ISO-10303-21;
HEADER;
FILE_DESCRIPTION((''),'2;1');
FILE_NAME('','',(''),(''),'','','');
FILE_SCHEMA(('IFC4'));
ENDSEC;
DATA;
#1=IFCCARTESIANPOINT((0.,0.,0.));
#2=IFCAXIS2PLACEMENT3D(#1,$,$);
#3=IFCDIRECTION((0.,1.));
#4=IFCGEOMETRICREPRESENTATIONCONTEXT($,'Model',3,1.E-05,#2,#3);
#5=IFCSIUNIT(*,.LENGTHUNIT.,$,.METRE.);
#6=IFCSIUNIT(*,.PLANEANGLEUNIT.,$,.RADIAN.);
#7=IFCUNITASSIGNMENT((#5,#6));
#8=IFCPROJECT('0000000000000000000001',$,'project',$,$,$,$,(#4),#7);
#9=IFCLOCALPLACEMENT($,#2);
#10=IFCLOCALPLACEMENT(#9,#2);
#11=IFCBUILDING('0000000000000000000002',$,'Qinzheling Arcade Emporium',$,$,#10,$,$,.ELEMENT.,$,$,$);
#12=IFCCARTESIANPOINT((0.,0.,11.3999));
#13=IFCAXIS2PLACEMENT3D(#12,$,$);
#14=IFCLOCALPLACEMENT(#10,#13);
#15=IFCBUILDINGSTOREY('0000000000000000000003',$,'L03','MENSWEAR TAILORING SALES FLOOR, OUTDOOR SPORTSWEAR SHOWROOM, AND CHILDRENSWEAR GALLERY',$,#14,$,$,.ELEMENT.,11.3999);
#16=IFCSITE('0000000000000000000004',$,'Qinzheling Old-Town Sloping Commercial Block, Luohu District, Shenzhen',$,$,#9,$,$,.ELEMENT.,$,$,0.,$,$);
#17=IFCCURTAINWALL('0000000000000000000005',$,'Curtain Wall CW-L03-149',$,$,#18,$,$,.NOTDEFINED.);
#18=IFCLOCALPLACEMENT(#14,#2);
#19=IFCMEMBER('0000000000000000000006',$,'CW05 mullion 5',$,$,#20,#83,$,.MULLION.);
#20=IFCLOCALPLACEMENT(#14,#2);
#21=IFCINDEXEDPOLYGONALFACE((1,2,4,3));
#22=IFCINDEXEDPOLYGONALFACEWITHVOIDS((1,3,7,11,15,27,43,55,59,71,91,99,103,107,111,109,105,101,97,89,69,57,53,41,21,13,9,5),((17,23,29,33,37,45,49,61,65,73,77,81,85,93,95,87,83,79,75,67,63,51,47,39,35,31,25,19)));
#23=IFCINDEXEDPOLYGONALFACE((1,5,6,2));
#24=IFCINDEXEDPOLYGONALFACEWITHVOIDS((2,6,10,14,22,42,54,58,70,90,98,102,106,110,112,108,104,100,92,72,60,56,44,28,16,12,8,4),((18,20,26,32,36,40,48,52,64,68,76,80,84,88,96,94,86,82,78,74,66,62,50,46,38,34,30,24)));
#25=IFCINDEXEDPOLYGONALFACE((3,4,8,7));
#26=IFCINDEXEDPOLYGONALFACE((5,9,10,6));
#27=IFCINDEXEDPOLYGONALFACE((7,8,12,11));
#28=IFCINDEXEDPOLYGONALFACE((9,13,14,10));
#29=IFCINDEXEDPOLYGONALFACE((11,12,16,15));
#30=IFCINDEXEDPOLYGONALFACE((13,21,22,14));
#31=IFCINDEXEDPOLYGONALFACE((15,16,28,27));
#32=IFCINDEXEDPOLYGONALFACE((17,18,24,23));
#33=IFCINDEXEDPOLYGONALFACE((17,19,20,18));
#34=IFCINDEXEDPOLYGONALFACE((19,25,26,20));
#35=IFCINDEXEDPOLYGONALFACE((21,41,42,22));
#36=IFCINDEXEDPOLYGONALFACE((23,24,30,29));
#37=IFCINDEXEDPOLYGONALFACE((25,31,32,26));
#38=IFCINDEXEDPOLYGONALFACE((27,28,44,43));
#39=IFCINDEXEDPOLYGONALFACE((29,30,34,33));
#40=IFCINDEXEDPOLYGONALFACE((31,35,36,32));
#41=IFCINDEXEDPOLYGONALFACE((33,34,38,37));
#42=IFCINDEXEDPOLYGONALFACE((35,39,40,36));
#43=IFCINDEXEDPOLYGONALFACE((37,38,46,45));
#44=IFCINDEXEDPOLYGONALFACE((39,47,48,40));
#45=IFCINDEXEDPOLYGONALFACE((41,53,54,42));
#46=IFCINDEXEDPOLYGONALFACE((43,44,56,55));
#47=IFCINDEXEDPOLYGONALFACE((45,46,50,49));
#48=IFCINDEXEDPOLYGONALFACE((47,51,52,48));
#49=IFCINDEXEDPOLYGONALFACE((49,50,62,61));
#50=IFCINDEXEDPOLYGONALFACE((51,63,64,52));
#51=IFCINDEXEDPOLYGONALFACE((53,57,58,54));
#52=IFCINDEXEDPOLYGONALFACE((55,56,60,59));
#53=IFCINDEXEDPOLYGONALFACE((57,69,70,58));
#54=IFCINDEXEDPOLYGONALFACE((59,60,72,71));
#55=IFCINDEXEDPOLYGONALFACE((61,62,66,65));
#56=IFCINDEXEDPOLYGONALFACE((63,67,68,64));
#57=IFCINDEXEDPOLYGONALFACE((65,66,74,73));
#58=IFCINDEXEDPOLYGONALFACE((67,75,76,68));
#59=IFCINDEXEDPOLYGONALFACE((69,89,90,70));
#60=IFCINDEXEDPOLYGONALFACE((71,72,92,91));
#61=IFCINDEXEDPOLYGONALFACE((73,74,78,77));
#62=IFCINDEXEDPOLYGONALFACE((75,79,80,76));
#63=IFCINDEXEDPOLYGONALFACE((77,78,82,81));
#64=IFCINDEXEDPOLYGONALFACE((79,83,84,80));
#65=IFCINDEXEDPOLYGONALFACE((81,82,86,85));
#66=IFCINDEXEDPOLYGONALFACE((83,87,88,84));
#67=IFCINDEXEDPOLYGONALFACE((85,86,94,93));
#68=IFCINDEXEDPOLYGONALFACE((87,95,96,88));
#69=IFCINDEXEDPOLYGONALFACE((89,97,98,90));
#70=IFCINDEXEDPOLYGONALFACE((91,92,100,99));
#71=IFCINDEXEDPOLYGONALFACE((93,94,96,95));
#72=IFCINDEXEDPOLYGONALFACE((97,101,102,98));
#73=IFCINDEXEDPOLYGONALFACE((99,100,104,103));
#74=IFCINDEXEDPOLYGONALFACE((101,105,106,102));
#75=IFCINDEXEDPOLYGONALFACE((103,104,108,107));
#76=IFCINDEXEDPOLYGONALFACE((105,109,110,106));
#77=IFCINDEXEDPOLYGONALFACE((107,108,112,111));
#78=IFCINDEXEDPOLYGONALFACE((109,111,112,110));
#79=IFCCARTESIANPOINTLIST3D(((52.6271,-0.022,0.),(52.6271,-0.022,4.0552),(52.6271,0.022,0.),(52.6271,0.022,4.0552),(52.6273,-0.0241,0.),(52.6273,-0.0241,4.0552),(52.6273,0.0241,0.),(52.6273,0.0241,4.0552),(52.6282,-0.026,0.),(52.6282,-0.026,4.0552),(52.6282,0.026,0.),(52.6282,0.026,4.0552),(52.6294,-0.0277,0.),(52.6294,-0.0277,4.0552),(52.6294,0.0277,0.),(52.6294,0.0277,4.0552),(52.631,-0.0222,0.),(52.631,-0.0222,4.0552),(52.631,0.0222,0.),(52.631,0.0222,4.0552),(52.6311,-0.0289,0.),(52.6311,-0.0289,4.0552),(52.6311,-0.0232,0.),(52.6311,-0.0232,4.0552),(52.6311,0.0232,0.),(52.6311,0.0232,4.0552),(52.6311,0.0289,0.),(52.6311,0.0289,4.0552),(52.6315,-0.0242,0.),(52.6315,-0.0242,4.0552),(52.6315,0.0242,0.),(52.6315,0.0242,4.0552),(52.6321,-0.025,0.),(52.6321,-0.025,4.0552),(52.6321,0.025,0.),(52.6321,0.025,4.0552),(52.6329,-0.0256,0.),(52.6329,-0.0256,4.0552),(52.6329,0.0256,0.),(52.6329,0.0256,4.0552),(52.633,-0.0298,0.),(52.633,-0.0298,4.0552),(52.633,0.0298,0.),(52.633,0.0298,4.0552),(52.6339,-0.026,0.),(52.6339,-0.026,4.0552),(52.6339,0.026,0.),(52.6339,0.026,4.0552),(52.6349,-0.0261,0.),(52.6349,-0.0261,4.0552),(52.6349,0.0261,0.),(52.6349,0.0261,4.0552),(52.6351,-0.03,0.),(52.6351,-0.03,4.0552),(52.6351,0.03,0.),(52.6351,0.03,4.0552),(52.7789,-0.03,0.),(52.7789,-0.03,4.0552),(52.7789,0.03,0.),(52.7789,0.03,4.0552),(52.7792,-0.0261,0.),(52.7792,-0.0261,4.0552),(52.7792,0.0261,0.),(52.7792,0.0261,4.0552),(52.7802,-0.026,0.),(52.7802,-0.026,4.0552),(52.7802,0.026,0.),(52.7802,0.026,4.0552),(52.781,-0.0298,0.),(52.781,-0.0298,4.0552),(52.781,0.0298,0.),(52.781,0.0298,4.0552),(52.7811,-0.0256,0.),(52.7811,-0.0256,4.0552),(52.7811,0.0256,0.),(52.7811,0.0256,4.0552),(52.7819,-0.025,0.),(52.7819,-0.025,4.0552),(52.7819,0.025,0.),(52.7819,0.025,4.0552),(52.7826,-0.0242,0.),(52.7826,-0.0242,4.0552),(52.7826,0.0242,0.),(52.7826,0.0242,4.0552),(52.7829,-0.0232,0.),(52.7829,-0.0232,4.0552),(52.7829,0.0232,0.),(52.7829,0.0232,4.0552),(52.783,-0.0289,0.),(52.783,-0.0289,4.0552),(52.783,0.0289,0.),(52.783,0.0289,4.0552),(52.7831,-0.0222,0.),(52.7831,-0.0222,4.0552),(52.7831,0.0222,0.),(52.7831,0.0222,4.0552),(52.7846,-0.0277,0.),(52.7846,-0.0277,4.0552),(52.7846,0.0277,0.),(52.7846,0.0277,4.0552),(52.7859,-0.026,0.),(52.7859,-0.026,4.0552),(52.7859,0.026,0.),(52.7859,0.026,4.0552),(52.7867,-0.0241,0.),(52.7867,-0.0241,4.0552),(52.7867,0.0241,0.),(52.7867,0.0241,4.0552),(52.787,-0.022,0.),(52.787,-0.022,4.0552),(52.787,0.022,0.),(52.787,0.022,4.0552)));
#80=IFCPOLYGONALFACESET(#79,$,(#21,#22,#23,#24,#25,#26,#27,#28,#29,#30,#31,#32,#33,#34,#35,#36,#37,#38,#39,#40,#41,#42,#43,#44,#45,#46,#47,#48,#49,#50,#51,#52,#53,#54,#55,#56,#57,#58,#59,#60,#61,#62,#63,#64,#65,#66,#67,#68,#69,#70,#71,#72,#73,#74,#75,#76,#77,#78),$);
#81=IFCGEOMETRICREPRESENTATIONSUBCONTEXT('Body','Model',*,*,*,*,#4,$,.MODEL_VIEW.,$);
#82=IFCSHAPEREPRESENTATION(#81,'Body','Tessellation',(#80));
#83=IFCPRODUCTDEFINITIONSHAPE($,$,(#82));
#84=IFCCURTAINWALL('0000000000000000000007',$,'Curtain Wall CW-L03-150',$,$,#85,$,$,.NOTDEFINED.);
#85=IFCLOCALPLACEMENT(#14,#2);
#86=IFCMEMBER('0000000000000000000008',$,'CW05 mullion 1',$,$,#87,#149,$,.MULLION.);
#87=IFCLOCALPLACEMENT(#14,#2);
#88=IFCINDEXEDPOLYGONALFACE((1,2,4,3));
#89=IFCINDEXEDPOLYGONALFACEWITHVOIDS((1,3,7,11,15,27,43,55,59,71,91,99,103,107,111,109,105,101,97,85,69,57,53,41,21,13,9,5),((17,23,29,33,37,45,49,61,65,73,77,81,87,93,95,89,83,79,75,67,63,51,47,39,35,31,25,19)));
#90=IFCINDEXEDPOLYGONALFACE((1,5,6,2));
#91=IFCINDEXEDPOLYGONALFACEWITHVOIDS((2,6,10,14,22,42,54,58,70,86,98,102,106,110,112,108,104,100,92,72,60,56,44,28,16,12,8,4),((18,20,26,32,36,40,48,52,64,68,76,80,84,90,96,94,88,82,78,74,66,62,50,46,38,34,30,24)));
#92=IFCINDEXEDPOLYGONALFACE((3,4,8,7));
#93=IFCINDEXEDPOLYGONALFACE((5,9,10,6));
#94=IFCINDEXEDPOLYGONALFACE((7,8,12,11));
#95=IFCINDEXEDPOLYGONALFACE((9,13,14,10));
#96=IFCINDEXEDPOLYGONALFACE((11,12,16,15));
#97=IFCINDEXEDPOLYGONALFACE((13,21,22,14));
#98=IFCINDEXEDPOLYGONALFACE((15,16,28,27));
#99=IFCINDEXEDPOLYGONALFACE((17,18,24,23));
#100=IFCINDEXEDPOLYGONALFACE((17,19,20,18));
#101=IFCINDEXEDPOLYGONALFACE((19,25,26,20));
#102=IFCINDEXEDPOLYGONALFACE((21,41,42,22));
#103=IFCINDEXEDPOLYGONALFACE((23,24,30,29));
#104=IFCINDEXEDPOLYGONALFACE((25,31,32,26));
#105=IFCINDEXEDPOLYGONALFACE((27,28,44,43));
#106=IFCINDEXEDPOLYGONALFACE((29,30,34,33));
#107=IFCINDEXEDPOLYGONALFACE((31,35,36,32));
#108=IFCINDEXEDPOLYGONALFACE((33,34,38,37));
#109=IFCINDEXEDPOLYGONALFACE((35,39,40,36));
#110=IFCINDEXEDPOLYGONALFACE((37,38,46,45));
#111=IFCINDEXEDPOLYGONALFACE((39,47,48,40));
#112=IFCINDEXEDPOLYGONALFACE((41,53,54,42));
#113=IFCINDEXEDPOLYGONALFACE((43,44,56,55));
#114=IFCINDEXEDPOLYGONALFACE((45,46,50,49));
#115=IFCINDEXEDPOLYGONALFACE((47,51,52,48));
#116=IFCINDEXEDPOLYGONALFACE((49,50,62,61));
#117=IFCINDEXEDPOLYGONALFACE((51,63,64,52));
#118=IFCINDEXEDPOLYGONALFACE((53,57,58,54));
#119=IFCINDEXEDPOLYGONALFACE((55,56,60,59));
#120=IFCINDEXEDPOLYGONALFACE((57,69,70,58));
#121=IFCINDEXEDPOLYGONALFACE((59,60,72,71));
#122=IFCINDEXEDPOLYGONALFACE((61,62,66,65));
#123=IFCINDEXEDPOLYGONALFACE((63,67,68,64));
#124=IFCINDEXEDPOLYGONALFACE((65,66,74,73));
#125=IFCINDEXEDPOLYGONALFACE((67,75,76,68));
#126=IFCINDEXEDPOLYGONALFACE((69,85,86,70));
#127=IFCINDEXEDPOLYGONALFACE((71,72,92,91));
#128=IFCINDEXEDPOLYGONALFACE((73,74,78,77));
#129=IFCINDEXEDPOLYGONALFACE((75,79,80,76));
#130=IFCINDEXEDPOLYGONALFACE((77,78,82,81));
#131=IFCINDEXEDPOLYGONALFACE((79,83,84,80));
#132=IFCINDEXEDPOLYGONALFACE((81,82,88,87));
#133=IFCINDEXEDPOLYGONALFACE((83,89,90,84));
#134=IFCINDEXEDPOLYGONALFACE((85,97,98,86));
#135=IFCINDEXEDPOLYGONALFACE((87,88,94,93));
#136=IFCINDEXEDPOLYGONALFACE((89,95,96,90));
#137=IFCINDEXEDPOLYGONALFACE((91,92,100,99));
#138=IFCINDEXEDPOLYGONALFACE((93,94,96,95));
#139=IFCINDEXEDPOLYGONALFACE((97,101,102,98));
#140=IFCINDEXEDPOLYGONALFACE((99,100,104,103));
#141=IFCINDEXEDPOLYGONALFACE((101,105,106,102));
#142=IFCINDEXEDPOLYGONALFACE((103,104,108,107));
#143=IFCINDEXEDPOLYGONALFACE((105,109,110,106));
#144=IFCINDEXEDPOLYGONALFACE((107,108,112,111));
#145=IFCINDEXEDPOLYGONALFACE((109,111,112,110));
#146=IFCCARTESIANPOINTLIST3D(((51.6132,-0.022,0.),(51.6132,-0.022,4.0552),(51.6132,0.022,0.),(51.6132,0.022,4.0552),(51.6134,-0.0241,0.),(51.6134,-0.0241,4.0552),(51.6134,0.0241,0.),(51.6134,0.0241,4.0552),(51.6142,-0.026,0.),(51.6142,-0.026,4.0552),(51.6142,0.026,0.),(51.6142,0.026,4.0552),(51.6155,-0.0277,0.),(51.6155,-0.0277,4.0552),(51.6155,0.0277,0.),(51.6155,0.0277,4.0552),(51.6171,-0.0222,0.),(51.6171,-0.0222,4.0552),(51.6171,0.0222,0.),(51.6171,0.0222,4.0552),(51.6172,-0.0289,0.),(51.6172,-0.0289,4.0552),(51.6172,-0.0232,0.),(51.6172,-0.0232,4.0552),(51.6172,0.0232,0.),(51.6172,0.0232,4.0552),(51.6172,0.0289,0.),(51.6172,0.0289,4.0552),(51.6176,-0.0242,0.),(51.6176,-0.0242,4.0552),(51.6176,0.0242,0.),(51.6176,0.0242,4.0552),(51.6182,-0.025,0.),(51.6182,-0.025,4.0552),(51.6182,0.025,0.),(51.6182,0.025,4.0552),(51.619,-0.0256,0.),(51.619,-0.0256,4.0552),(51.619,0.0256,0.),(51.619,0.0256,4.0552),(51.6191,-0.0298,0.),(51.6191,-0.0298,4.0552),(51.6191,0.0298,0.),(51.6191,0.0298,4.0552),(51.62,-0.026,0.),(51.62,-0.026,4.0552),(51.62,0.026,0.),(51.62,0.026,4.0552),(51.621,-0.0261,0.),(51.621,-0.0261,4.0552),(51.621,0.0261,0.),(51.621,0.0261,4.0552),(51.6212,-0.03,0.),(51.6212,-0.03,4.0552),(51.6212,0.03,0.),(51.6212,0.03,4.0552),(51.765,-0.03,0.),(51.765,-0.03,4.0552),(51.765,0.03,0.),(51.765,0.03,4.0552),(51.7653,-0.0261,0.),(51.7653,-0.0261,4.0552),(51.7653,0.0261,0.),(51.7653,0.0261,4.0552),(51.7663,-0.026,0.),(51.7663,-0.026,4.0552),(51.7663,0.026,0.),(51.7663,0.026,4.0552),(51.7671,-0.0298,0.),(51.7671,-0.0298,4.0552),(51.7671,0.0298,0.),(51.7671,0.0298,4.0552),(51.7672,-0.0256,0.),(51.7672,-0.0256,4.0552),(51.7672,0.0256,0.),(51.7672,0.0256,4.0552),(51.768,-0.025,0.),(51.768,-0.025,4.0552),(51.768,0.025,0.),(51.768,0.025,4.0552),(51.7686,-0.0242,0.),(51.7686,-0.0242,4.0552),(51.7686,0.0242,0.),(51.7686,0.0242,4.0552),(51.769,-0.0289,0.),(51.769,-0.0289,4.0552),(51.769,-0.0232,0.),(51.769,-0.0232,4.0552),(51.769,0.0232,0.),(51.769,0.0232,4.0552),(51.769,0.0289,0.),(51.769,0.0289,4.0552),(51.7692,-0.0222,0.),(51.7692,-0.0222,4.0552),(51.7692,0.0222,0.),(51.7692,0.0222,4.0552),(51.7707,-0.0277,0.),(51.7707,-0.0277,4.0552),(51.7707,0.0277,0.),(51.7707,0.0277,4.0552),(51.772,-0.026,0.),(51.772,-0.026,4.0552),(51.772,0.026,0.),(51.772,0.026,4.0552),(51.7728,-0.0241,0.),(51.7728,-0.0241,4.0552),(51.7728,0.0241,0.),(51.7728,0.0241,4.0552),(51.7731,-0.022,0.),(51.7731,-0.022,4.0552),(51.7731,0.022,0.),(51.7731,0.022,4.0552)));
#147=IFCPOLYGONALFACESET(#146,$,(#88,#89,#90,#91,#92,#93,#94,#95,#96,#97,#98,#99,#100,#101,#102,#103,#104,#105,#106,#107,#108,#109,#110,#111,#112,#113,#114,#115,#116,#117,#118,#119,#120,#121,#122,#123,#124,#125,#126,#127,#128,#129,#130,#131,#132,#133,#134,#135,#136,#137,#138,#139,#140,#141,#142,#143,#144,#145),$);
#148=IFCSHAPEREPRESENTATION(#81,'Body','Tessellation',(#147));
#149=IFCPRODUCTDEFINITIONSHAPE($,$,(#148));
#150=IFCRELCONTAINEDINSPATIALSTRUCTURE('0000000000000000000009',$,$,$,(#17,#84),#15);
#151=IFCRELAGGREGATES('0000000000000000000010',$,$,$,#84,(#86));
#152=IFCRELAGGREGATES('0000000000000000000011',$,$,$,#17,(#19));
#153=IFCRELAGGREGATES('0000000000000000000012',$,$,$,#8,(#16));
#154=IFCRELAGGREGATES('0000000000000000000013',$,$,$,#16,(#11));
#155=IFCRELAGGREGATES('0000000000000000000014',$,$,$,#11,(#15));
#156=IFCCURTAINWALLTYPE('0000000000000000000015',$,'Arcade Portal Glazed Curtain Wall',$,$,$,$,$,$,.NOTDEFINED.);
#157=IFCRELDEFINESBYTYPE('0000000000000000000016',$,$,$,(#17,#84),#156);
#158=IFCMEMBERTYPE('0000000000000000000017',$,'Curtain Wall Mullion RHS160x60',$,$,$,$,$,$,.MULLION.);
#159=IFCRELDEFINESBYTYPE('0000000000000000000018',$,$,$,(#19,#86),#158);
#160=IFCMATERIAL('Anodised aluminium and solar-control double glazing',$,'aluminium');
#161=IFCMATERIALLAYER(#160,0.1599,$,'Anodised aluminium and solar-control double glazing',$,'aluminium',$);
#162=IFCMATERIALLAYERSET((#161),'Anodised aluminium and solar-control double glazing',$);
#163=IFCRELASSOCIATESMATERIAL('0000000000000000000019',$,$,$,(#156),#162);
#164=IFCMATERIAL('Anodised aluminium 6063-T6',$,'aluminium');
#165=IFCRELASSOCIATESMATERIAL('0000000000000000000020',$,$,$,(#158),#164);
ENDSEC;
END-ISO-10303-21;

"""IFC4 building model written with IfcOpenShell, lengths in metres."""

from ifc_helpers import new_model, si_unit, direction, frame, origin, origin_2d, place, context, subcontext, project, spatial, hollow_rectangle, extrude, material, layer, layer_set, material_profile, profile_set, type_object, element, aggregate, save


model = new_model("IFC4")

# Units and contexts
model_context = context("Model", 3, precision=1e-05, world=origin(), true_north=direction((0.0, 1.0)))
body_context = subcontext(model_context, "Body", "Model", "MODEL_VIEW")
ifc_project = project(units=[si_unit("LENGTHUNIT", "METRE"), si_unit("PLANEANGLEUNIT", "RADIAN")], contexts=[model_context])

# Site, building, storey
site_placement = place(None, origin())
site = spatial("IfcSite", under=ifc_project, at=site_placement, Name="Qinzheling Old-Town Sloping Commercial Block, Luohu District, Shenzhen", CompositionType="ELEMENT", RefElevation=0.0)
building_placement = place(site_placement, origin())
building = spatial("IfcBuilding", under=site, at=building_placement, Name="Qinzheling Arcade Emporium", CompositionType="ELEMENT")
storey_placement = place(building_placement, frame((0.0, 0.0, 11.3999)))
storey = spatial("IfcBuildingStorey", under=building, at=storey_placement, Name="L03", Description="MENSWEAR TAILORING SALES FLOOR, OUTDOOR SPORTSWEAR SHOWROOM, AND CHILDRENSWEAR GALLERY", CompositionType="ELEMENT", Elevation=11.3999)

# Curtain wall, member
ifc_material_1 = material(Name="Anodised aluminium and solar-control double glazing", Category="aluminium")
ifc_layer_1 = layer(ifc_material_1, 0.1599, Name="Anodised aluminium and solar-control double glazing", Category="aluminium")
ifc_layer_set_1 = layer_set([ifc_layer_1], Name="Anodised aluminium and solar-control double glazing")
curtain_wall_type = type_object("IfcCurtainWallType", Name="Arcade Portal Glazed Curtain Wall", PredefinedType="NOTDEFINED", material=ifc_layer_set_1)
curtain_wall_1_placement = place(storey_placement, origin())
curtain_wall_1 = element("IfcCurtainWall", 1, at=curtain_wall_1_placement, inside=storey, type_object=curtain_wall_type, Name="Curtain Wall CW-L03-149", PredefinedType="NOTDEFINED")
ifc_material_2 = material(Name="Anodised aluminium 6063-T6", Category="aluminium")
ifc_material_profile_1 = material_profile(ifc_material_2, hollow_rectangle(XDim=0.0601, YDim=0.1599, WallThickness=0.0039, InnerFilletRadius=0.0039, OuterFilletRadius=0.0081, at=origin_2d()), Name="RHS 160x60x4", Category="aluminium")
ifc_profile_set_1 = profile_set([ifc_material_profile_1], Name="Anodised aluminium 6063-T6")
member_type_1 = type_object("IfcMemberType", Name="Curtain Wall Mullion RHS160x60", PredefinedType="MULLION", material=ifc_profile_set_1)
member_1_placement = place(storey_placement, frame((52.707, 0.0, 0.0), z_axis=(0.0, 0.0, 1.0), x_axis=(0.0, -1.0, 0.0)))
member_1 = element("IfcMember", 2, at=member_1_placement, type_object=member_type_1, Name="CW05 mullion 5", PredefinedType="MULLION", context=body_context, shape_type="SweptSolid", body=[
    extrude(hollow_rectangle(XDim=0.0601, YDim=0.1599, WallThickness=0.0039, InnerFilletRadius=0.0039, OuterFilletRadius=0.0081, at=origin_2d()), origin(), (0.0, 0.0, 1.0), 4.0552),
])

# Curtain wall, member
curtain_wall_2_placement = place(storey_placement, origin())
curtain_wall_2 = element("IfcCurtainWall", 3, at=curtain_wall_2_placement, inside=storey, type_object=curtain_wall_type, Name="Curtain Wall CW-L03-150", PredefinedType="NOTDEFINED")
member_2_placement = place(storey_placement, frame((51.6931, 0.0, 0.0), z_axis=(0.0, 0.0, 1.0), x_axis=(0.0, -1.0, 0.0)))
member_2 = element("IfcMember", 4, at=member_2_placement, type_object=member_type_1, Name="CW05 mullion 1", PredefinedType="MULLION", context=body_context, shape_type="SweptSolid", body=[
    extrude(hollow_rectangle(XDim=0.0601, YDim=0.1599, WallThickness=0.0039, InnerFilletRadius=0.0039, OuterFilletRadius=0.0081, at=origin_2d()), origin(), (0.0, 0.0, 1.0), 4.0552),
])

aggregate(curtain_wall_2, [member_2])

aggregate(curtain_wall_1, [member_1])

save(model, "model.ifc")
